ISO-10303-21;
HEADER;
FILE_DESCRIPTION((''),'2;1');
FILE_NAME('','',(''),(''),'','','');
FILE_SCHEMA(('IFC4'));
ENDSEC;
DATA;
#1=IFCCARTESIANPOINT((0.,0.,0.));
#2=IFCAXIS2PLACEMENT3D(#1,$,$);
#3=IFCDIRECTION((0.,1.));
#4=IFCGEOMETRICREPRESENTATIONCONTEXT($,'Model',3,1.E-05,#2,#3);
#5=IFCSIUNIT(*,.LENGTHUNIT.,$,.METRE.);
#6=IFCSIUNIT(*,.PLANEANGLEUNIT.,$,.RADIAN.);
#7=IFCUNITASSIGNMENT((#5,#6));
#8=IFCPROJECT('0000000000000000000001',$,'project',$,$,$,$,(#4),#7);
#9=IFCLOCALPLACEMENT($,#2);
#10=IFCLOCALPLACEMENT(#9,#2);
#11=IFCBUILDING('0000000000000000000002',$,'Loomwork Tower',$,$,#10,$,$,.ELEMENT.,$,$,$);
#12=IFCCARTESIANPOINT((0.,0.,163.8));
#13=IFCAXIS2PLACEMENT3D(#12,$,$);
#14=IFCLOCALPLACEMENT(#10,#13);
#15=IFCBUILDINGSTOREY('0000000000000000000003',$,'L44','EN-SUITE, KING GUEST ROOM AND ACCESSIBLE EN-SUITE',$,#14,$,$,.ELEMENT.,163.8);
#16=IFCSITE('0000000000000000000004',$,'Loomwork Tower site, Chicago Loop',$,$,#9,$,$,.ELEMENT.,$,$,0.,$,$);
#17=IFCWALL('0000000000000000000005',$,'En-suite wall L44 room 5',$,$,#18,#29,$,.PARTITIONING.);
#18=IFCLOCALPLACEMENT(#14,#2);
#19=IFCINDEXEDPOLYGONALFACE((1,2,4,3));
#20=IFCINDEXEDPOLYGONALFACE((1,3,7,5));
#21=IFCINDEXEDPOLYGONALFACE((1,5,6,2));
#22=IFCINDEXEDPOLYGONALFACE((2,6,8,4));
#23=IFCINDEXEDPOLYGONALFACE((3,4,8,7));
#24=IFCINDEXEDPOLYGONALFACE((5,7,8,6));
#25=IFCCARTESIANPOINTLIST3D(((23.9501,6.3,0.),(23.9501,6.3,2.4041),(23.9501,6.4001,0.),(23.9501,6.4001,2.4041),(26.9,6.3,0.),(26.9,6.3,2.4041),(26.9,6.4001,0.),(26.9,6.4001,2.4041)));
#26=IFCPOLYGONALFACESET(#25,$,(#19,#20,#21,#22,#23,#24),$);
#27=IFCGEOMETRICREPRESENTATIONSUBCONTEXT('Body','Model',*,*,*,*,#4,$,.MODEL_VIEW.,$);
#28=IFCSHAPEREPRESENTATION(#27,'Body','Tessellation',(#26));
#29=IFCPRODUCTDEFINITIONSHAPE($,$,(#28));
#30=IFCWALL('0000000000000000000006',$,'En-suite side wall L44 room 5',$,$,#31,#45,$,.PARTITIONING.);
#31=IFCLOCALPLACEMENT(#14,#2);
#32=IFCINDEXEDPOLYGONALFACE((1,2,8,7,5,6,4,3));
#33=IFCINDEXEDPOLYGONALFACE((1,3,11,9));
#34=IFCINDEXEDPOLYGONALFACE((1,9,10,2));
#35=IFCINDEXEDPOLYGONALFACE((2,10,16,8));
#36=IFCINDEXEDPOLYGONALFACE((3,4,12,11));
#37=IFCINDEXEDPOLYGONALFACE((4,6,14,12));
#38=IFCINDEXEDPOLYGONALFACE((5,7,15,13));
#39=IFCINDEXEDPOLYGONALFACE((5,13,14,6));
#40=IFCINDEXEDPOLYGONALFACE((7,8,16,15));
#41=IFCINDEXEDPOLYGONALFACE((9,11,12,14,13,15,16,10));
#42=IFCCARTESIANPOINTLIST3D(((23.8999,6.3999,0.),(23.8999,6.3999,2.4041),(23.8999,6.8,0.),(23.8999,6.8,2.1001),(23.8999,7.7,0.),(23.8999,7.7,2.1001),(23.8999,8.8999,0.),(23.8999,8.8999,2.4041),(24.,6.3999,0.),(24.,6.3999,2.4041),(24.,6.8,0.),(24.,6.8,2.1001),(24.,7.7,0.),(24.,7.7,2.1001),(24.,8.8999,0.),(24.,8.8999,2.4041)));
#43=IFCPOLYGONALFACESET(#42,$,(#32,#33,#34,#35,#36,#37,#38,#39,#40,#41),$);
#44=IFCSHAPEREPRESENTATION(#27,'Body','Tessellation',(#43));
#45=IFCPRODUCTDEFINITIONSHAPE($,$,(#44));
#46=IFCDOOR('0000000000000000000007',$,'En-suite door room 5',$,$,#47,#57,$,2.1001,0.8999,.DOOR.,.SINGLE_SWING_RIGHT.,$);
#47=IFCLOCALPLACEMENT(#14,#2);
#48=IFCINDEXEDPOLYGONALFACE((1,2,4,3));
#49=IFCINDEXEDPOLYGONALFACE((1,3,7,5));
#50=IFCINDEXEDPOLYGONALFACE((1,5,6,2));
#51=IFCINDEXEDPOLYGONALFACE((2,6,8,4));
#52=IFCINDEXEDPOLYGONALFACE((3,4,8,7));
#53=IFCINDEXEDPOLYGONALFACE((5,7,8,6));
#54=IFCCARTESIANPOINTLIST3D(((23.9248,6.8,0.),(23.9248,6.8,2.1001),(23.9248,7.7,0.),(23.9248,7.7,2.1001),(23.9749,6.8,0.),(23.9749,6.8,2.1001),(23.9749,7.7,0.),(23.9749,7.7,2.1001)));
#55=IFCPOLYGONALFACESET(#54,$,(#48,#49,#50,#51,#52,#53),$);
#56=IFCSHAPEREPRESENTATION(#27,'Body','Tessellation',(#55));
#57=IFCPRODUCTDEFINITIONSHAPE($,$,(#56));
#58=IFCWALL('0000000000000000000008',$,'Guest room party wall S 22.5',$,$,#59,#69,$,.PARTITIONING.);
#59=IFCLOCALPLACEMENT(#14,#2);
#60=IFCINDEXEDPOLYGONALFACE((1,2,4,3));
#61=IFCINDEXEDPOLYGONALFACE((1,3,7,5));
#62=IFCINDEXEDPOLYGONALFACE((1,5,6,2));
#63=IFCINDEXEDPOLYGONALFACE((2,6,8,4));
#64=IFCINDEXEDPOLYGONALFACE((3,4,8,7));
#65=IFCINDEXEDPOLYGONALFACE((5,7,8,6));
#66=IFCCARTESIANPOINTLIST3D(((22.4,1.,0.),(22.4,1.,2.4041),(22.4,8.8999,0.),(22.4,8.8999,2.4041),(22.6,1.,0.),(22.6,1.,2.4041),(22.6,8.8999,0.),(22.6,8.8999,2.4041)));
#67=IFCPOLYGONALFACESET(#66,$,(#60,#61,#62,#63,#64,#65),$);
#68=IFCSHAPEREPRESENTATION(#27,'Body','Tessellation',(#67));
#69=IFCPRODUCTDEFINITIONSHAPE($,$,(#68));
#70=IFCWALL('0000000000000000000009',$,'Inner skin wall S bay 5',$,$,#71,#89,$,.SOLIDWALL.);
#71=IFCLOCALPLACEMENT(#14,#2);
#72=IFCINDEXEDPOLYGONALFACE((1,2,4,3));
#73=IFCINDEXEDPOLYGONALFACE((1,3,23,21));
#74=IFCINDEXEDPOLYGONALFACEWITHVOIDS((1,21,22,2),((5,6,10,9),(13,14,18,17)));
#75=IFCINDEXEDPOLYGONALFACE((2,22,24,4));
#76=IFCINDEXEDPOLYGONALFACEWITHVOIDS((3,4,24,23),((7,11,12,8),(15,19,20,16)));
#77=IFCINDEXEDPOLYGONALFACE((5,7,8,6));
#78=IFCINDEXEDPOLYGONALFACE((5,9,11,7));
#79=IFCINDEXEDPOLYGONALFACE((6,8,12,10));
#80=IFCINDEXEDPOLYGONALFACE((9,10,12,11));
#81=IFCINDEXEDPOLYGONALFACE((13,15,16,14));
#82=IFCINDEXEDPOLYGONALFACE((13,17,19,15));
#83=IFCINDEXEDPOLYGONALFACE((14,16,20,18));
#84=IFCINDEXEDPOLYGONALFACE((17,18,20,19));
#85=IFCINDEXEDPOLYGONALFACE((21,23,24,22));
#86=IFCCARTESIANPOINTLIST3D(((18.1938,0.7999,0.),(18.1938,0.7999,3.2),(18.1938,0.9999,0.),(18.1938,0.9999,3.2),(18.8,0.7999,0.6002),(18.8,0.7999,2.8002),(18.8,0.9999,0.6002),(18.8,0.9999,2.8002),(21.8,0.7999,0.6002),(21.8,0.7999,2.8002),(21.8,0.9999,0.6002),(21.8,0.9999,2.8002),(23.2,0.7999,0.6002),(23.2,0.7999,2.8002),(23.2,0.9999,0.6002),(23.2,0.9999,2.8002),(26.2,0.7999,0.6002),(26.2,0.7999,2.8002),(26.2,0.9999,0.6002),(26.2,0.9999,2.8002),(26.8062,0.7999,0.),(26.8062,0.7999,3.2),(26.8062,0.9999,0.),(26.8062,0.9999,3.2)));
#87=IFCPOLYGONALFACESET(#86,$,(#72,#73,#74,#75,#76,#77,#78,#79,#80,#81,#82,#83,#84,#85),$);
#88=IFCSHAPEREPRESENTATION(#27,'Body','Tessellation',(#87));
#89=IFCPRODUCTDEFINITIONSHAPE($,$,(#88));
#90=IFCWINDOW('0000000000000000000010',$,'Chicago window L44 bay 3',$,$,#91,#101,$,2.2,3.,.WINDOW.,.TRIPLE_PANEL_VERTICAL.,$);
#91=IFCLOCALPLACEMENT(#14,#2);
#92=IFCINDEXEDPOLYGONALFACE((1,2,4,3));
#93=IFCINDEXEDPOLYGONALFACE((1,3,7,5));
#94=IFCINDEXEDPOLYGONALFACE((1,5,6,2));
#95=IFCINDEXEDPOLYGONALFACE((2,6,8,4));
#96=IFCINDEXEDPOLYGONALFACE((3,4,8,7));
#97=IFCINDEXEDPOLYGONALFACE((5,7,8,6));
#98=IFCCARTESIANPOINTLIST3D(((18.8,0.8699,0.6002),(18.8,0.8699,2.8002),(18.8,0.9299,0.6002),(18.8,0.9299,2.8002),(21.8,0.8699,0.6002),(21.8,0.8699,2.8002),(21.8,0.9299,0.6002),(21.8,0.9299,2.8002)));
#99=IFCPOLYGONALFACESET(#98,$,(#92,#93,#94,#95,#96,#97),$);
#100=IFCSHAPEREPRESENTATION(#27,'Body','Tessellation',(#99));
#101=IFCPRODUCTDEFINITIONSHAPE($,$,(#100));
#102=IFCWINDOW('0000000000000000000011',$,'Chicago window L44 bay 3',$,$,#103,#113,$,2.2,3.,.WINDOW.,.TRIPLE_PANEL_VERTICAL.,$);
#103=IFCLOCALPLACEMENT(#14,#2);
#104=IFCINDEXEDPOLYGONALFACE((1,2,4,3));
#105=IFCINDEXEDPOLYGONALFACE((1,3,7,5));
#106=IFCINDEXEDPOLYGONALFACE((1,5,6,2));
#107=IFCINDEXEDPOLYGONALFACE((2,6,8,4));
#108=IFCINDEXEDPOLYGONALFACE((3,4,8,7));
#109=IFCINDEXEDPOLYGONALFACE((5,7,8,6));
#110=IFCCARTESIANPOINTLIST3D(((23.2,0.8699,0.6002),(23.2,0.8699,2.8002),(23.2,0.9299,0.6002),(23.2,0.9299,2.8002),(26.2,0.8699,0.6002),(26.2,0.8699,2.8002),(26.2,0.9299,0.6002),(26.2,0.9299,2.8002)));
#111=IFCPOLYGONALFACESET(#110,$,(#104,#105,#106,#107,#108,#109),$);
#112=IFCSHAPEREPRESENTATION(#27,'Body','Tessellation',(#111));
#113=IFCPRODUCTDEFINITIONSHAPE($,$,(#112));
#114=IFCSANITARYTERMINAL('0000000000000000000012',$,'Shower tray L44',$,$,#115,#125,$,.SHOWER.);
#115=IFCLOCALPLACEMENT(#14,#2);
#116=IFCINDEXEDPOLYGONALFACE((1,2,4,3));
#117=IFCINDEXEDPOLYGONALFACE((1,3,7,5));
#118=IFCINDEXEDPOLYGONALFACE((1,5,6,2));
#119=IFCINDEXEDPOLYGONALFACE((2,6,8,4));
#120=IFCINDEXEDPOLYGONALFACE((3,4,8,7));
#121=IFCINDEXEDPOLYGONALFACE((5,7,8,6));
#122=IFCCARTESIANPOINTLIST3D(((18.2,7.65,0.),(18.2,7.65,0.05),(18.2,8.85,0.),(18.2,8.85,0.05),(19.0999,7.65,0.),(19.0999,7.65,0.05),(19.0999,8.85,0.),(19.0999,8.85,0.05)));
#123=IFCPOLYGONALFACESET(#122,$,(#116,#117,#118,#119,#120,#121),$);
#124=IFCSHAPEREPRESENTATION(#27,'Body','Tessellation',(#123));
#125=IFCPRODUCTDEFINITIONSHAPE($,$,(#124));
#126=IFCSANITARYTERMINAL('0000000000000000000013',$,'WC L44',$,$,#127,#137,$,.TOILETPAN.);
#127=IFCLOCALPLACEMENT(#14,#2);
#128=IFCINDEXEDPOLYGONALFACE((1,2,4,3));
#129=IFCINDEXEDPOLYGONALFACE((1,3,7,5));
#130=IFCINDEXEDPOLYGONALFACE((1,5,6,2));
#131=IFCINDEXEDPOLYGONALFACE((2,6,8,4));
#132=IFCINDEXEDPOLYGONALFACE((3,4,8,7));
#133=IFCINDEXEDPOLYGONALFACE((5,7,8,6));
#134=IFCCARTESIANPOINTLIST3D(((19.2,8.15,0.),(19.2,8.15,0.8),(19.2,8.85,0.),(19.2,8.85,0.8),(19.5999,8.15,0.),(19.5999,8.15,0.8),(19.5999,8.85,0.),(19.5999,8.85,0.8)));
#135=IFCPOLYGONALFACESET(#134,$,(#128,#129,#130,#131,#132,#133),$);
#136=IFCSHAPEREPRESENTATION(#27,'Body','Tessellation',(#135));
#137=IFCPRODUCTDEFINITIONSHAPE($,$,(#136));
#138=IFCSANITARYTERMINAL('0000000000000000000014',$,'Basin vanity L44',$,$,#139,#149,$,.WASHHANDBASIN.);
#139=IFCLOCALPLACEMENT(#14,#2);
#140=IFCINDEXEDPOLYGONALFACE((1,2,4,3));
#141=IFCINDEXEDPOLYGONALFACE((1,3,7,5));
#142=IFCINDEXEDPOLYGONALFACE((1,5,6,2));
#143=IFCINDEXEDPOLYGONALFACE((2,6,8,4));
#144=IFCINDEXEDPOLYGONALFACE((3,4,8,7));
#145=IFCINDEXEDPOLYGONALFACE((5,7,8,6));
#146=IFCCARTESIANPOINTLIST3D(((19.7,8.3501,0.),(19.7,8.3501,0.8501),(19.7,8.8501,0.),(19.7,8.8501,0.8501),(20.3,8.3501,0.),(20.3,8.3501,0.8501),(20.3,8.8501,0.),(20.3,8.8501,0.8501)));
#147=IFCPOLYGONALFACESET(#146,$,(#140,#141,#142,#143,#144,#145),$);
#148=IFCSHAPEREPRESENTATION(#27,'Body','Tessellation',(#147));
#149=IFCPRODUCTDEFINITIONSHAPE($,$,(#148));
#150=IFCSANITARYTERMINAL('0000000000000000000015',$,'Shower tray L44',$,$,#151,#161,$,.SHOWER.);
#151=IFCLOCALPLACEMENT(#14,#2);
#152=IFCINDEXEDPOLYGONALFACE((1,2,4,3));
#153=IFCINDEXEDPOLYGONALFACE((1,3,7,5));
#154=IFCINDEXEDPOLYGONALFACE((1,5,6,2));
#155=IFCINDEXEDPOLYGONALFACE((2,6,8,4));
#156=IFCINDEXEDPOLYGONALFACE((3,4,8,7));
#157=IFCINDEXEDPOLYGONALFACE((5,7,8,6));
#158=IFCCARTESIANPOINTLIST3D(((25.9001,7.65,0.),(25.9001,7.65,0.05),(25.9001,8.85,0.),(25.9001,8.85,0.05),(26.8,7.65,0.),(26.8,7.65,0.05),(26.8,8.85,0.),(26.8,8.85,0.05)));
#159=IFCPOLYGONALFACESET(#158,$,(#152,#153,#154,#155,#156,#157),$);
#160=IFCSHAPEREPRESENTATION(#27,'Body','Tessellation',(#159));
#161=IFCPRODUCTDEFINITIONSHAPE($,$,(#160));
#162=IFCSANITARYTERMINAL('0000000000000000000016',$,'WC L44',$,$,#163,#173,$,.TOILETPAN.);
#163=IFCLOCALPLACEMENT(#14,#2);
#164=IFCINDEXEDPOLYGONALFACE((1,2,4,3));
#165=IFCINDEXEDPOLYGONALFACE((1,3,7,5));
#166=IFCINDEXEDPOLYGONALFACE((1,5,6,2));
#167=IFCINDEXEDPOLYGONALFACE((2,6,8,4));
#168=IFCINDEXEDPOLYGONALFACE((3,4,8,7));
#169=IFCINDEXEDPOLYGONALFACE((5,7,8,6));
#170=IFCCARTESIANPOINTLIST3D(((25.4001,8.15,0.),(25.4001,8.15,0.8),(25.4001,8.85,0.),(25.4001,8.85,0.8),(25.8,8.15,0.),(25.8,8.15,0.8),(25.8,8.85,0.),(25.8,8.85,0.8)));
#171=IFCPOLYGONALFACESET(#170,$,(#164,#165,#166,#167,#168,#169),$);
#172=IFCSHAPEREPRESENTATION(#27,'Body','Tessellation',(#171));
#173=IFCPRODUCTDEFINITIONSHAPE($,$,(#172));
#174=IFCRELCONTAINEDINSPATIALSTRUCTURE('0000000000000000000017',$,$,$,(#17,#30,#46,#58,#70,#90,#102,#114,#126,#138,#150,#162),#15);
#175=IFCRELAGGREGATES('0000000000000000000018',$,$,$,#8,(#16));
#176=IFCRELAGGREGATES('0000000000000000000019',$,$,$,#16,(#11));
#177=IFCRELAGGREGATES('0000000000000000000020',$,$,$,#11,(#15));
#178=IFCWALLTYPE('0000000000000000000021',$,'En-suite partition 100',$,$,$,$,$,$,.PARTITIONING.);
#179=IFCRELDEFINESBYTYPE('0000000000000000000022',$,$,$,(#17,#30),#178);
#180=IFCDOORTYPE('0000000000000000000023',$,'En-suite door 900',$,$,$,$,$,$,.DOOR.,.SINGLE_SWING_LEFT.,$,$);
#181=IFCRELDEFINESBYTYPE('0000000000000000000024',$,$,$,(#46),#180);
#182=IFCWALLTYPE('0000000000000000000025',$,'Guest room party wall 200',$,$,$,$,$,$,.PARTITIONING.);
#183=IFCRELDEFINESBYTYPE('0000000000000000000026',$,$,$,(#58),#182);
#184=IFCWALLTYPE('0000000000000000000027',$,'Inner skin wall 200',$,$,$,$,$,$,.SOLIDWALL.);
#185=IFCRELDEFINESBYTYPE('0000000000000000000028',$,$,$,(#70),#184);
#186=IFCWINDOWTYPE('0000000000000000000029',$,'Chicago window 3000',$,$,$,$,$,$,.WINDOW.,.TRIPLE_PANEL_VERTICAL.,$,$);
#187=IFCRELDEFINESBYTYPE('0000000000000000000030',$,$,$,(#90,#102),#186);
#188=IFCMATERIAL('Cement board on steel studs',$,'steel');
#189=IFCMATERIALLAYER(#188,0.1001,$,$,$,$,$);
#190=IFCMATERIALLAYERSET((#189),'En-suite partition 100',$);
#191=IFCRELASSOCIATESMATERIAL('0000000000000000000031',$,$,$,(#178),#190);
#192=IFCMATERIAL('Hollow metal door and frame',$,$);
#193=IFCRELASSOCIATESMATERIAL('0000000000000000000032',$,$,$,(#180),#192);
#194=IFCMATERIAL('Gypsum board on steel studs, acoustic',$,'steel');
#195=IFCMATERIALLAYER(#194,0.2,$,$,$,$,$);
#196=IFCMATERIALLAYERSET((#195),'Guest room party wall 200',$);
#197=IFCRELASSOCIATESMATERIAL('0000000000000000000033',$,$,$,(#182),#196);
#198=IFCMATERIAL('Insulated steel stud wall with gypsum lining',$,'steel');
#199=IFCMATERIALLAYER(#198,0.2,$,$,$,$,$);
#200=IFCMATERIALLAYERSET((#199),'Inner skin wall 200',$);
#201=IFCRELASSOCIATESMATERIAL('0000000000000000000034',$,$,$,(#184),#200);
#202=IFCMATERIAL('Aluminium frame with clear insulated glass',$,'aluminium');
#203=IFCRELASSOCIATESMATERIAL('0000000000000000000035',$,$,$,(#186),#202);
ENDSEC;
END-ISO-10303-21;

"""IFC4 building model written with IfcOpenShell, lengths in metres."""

from ifc_helpers import new_model, si_unit, direction, frame, frame_2d, origin, origin_2d, place, context, subcontext, project, spatial, rectangle, extrude, material, layer, layer_set, type_object, element, fill, save


model = new_model("IFC4")

# Units and contexts
model_context = context("Model", 3, precision=1e-05, world=origin(), true_north=direction((0.0, 1.0)))
body_context = subcontext(model_context, "Body", "Model", "MODEL_VIEW")
ifc_project = project(units=[si_unit("LENGTHUNIT", "METRE"), si_unit("PLANEANGLEUNIT", "RADIAN")], contexts=[model_context])

# Site, building, storey
site_placement = place(None, origin())
site = spatial("IfcSite", under=ifc_project, at=site_placement, Name="Loomwork Tower site, Chicago Loop", CompositionType="ELEMENT", RefElevation=0.0)
building_placement = place(site_placement, origin())
building = spatial("IfcBuilding", under=site, at=building_placement, Name="Loomwork Tower", CompositionType="ELEMENT")
storey_placement = place(building_placement, frame((0.0, 0.0, 163.8)))
storey = spatial("IfcBuildingStorey", under=building, at=storey_placement, Name="L44", Description="EN-SUITE, KING GUEST ROOM AND ACCESSIBLE EN-SUITE", CompositionType="ELEMENT", Elevation=163.8)

# Shared definitions
ifc_material_1 = material(Name="Cement board on steel studs", Category="steel")
ifc_layer_1 = layer(ifc_material_1, 0.1001)
ifc_layer_set_1 = layer_set([ifc_layer_1], Name="En-suite partition 100")
wall_type_1 = type_object("IfcWallType", Name="En-suite partition 100", PredefinedType="PARTITIONING", material=ifc_layer_set_1)
ifc_material_2 = material(Name="Hollow metal door and frame")
door_type_1 = type_object("IfcDoorType", Name="En-suite door 900", OperationType="SINGLE_SWING_LEFT", PredefinedType="DOOR", material=ifc_material_2)

# Wall
wall_1_placement = place(storey_placement, frame((23.95, 6.3501, 0.0), z_axis=(0.0, 0.0, 1.0), x_axis=(1.0, 0.0, 0.0)))
element("IfcWall", 1, at=wall_1_placement, inside=storey, type_object=wall_type_1, Name="En-suite wall L44 room 5", PredefinedType="PARTITIONING", context=body_context, shape_type="SweptSolid", body=[
    extrude(rectangle(XDim=2.95, YDim=0.1001, at=frame_2d((1.4751, 0.0))), origin(), (0.0, 0.0, 1.0), 2.4041),
])

# Wall, opening, door
wall_2_placement = place(storey_placement, frame((23.95, 8.8999, 0.0), z_axis=(0.0, 0.0, 1.0), x_axis=(0.0, -1.0, 0.0)))
wall_2 = element("IfcWall", 2, at=wall_2_placement, inside=storey, type_object=wall_type_1, Name="En-suite side wall L44 room 5", PredefinedType="PARTITIONING", context=body_context, shape_type="SweptSolid", body=[
    extrude(rectangle(XDim=2.5, YDim=0.1001, at=frame_2d((1.25, 0.0))), origin(), (0.0, 0.0, 1.0), 2.4041),
])
opening_1_placement = place(wall_2_placement, frame((1.2, 0.0, 0.0)))
opening_1 = element("IfcOpeningElement", 3, at=opening_1_placement, cuts=wall_2, PredefinedType="OPENING", context=body_context, shape_type="SweptSolid", body=[
    extrude(rectangle(XDim=0.8999, YDim=2.1001, at=frame_2d((0.45, 1.05))), frame((0.0, 0.0601, 0.0), z_axis=(0.0, -1.0, 0.0), x_axis=(1.0, 0.0, 0.0)), (0.0, 0.0, 1.0), 0.1201),
])
door_1_placement = place(opening_1_placement, origin())
door_1 = element("IfcDoor", 4, at=door_1_placement, inside=storey, type_object=door_type_1, Name="En-suite door room 5", OperationType="SINGLE_SWING_RIGHT", OverallHeight=2.1001, OverallWidth=0.8999, PredefinedType="DOOR", context=body_context, shape_type="SweptSolid", body=[
    extrude(rectangle(XDim=0.8999, YDim=2.1001, at=frame_2d((0.45, 1.05))), frame((0.0, 0.0249, 0.0), z_axis=(0.0, -1.0, 0.0), x_axis=(1.0, 0.0, 0.0)), (0.0, 0.0, 1.0), 0.05),
])
fill(opening_1, door_1)

# Wall
ifc_material_3 = material(Name="Gypsum board on steel studs, acoustic", Category="steel")
ifc_layer_2 = layer(ifc_material_3, 0.2)
ifc_layer_set_2 = layer_set([ifc_layer_2], Name="Guest room party wall 200")
wall_type_2 = type_object("IfcWallType", Name="Guest room party wall 200", PredefinedType="PARTITIONING", material=ifc_layer_set_2)
wall_3_placement = place(storey_placement, frame((22.5, 8.8999, 0.0), z_axis=(0.0, 0.0, 1.0), x_axis=(0.0, -1.0, 0.0)))
element("IfcWall", 5, at=wall_3_placement, inside=storey, type_object=wall_type_2, Name="Guest room party wall S 22.5", PredefinedType="PARTITIONING", context=body_context, shape_type="SweptSolid", body=[
    extrude(rectangle(XDim=7.8999, YDim=0.2, at=frame_2d((3.95, 0.0))), origin(), (0.0, 0.0, 1.0), 2.4041),
])

# Wall, openings, windows
ifc_material_4 = material(Name="Insulated steel stud wall with gypsum lining", Category="steel")
ifc_layer_3 = layer(ifc_material_4, 0.2)
ifc_layer_set_3 = layer_set([ifc_layer_3], Name="Inner skin wall 200")
wall_type_3 = type_object("IfcWallType", Name="Inner skin wall 200", PredefinedType="SOLIDWALL", material=ifc_layer_set_3)
wall_4_placement = place(storey_placement, frame((18.1938, 0.8999, 0.0), z_axis=(0.0, 0.0, 1.0), x_axis=(1.0, 0.0, 0.0)))
wall_4 = element("IfcWall", 6, at=wall_4_placement, inside=storey, type_object=wall_type_3, Name="Inner skin wall S bay 5", PredefinedType="SOLIDWALL", context=body_context, shape_type="SweptSolid", body=[
    extrude(rectangle(XDim=8.6123, YDim=0.2, at=frame_2d((4.3062, 0.0))), origin(), (0.0, 0.0, 1.0), 3.2),
])
opening_2_placement = place(wall_4_placement, frame((0.6062, 0.0, 0.6001)))
opening_2 = element("IfcOpeningElement", 7, at=opening_2_placement, cuts=wall_4, PredefinedType="OPENING", context=body_context, shape_type="SweptSolid", body=[
    extrude(rectangle(XDim=3.0, YDim=2.2, at=frame_2d((1.5, 1.1001))), frame((0.0, 0.1099, 0.0), z_axis=(0.0, -1.0, 0.0), x_axis=(1.0, 0.0, 0.0)), (0.0, 0.0, 1.0), 0.22),
])
opening_3_placement = place(wall_4_placement, frame((5.0061, 0.0, 0.6001)))
opening_3 = element("IfcOpeningElement", 8, at=opening_3_placement, cuts=wall_4, PredefinedType="OPENING", context=body_context, shape_type="SweptSolid", body=[
    extrude(rectangle(XDim=3.0, YDim=2.2, at=frame_2d((1.5, 1.1001))), frame((0.0, 0.1099, 0.0), z_axis=(0.0, -1.0, 0.0), x_axis=(1.0, 0.0, 0.0)), (0.0, 0.0, 1.0), 0.22),
])
ifc_material_5 = material(Name="Aluminium frame with clear insulated glass", Category="aluminium")
window_type = type_object("IfcWindowType", Name="Chicago window 3000", PartitioningType="TRIPLE_PANEL_VERTICAL", PredefinedType="WINDOW", material=ifc_material_5)
window_1_placement = place(opening_2_placement, origin())
window_1 = element("IfcWindow", 9, at=window_1_placement, inside=storey, type_object=window_type, Name="Chicago window L44 bay 3", OverallHeight=2.2, OverallWidth=3.0, PartitioningType="TRIPLE_PANEL_VERTICAL", PredefinedType="WINDOW", context=body_context, shape_type="SweptSolid", body=[
    extrude(rectangle(XDim=3.0, YDim=2.2, at=frame_2d((1.5, 1.1001))), frame((0.0, 0.03, 0.0), z_axis=(0.0, -1.0, 0.0), x_axis=(1.0, 0.0, 0.0)), (0.0, 0.0, 1.0), 0.0601),
])
fill(opening_2, window_1)
window_2_placement = place(opening_3_placement, origin())
window_2 = element("IfcWindow", 10, at=window_2_placement, inside=storey, type_object=window_type, Name="Chicago window L44 bay 3", OverallHeight=2.2, OverallWidth=3.0, PartitioningType="TRIPLE_PANEL_VERTICAL", PredefinedType="WINDOW", context=body_context, shape_type="SweptSolid", body=[
    extrude(rectangle(XDim=3.0, YDim=2.2, at=frame_2d((1.5, 1.1001))), frame((0.0, 0.03, 0.0), z_axis=(0.0, -1.0, 0.0), x_axis=(1.0, 0.0, 0.0)), (0.0, 0.0, 1.0), 0.0601),
])
fill(opening_3, window_2)

# Sanitary terminals
sanitary_terminal_1_placement = place(storey_placement, frame((18.6499, 8.25, 0.0), z_axis=(0.0, 0.0, 1.0), x_axis=(1.0, 0.0, 0.0)))
element("IfcSanitaryTerminal", 11, at=sanitary_terminal_1_placement, inside=storey, Name="Shower tray L44", PredefinedType="SHOWER", context=body_context, shape_type="SweptSolid", body=[
    extrude(rectangle(XDim=0.8999, YDim=1.2, at=origin_2d()), origin(), (0.0, 0.0, 1.0), 0.05),
])
sanitary_terminal_2_placement = place(storey_placement, frame((19.3999, 8.5, 0.0), z_axis=(0.0, 0.0, 1.0), x_axis=(1.0, 0.0, 0.0)))
element("IfcSanitaryTerminal", 12, at=sanitary_terminal_2_placement, inside=storey, Name="WC L44", PredefinedType="TOILETPAN", context=body_context, shape_type="SweptSolid", body=[
    extrude(rectangle(XDim=0.3999, YDim=0.7, at=origin_2d()), origin(), (0.0, 0.0, 1.0), 0.8),
])
sanitary_terminal_3_placement = place(storey_placement, frame((20.0, 8.6001, 0.0), z_axis=(0.0, 0.0, 1.0), x_axis=(1.0, 0.0, 0.0)))
element("IfcSanitaryTerminal", 13, at=sanitary_terminal_3_placement, inside=storey, Name="Basin vanity L44", PredefinedType="WASHHANDBASIN", context=body_context, shape_type="SweptSolid", body=[
    extrude(rectangle(XDim=0.6001, YDim=0.5, at=origin_2d()), origin(), (0.0, 0.0, 1.0), 0.8501),
])
sanitary_terminal_4_placement = place(storey_placement, frame((26.3501, 8.25, 0.0), z_axis=(0.0, 0.0, 1.0), x_axis=(1.0, 0.0, 0.0)))
element("IfcSanitaryTerminal", 14, at=sanitary_terminal_4_placement, inside=storey, Name="Shower tray L44", PredefinedType="SHOWER", context=body_context, shape_type="SweptSolid", body=[
    extrude(rectangle(XDim=0.8999, YDim=1.2, at=origin_2d()), origin(), (0.0, 0.0, 1.0), 0.05),
])
sanitary_terminal_5_placement = place(storey_placement, frame((25.6001, 8.5, 0.0), z_axis=(0.0, 0.0, 1.0), x_axis=(1.0, 0.0, 0.0)))
element("IfcSanitaryTerminal", 15, at=sanitary_terminal_5_placement, inside=storey, Name="WC L44", PredefinedType="TOILETPAN", context=body_context, shape_type="SweptSolid", body=[
    extrude(rectangle(XDim=0.3999, YDim=0.7, at=origin_2d()), origin(), (0.0, 0.0, 1.0), 0.8),
])

save(model, "model.ifc")
